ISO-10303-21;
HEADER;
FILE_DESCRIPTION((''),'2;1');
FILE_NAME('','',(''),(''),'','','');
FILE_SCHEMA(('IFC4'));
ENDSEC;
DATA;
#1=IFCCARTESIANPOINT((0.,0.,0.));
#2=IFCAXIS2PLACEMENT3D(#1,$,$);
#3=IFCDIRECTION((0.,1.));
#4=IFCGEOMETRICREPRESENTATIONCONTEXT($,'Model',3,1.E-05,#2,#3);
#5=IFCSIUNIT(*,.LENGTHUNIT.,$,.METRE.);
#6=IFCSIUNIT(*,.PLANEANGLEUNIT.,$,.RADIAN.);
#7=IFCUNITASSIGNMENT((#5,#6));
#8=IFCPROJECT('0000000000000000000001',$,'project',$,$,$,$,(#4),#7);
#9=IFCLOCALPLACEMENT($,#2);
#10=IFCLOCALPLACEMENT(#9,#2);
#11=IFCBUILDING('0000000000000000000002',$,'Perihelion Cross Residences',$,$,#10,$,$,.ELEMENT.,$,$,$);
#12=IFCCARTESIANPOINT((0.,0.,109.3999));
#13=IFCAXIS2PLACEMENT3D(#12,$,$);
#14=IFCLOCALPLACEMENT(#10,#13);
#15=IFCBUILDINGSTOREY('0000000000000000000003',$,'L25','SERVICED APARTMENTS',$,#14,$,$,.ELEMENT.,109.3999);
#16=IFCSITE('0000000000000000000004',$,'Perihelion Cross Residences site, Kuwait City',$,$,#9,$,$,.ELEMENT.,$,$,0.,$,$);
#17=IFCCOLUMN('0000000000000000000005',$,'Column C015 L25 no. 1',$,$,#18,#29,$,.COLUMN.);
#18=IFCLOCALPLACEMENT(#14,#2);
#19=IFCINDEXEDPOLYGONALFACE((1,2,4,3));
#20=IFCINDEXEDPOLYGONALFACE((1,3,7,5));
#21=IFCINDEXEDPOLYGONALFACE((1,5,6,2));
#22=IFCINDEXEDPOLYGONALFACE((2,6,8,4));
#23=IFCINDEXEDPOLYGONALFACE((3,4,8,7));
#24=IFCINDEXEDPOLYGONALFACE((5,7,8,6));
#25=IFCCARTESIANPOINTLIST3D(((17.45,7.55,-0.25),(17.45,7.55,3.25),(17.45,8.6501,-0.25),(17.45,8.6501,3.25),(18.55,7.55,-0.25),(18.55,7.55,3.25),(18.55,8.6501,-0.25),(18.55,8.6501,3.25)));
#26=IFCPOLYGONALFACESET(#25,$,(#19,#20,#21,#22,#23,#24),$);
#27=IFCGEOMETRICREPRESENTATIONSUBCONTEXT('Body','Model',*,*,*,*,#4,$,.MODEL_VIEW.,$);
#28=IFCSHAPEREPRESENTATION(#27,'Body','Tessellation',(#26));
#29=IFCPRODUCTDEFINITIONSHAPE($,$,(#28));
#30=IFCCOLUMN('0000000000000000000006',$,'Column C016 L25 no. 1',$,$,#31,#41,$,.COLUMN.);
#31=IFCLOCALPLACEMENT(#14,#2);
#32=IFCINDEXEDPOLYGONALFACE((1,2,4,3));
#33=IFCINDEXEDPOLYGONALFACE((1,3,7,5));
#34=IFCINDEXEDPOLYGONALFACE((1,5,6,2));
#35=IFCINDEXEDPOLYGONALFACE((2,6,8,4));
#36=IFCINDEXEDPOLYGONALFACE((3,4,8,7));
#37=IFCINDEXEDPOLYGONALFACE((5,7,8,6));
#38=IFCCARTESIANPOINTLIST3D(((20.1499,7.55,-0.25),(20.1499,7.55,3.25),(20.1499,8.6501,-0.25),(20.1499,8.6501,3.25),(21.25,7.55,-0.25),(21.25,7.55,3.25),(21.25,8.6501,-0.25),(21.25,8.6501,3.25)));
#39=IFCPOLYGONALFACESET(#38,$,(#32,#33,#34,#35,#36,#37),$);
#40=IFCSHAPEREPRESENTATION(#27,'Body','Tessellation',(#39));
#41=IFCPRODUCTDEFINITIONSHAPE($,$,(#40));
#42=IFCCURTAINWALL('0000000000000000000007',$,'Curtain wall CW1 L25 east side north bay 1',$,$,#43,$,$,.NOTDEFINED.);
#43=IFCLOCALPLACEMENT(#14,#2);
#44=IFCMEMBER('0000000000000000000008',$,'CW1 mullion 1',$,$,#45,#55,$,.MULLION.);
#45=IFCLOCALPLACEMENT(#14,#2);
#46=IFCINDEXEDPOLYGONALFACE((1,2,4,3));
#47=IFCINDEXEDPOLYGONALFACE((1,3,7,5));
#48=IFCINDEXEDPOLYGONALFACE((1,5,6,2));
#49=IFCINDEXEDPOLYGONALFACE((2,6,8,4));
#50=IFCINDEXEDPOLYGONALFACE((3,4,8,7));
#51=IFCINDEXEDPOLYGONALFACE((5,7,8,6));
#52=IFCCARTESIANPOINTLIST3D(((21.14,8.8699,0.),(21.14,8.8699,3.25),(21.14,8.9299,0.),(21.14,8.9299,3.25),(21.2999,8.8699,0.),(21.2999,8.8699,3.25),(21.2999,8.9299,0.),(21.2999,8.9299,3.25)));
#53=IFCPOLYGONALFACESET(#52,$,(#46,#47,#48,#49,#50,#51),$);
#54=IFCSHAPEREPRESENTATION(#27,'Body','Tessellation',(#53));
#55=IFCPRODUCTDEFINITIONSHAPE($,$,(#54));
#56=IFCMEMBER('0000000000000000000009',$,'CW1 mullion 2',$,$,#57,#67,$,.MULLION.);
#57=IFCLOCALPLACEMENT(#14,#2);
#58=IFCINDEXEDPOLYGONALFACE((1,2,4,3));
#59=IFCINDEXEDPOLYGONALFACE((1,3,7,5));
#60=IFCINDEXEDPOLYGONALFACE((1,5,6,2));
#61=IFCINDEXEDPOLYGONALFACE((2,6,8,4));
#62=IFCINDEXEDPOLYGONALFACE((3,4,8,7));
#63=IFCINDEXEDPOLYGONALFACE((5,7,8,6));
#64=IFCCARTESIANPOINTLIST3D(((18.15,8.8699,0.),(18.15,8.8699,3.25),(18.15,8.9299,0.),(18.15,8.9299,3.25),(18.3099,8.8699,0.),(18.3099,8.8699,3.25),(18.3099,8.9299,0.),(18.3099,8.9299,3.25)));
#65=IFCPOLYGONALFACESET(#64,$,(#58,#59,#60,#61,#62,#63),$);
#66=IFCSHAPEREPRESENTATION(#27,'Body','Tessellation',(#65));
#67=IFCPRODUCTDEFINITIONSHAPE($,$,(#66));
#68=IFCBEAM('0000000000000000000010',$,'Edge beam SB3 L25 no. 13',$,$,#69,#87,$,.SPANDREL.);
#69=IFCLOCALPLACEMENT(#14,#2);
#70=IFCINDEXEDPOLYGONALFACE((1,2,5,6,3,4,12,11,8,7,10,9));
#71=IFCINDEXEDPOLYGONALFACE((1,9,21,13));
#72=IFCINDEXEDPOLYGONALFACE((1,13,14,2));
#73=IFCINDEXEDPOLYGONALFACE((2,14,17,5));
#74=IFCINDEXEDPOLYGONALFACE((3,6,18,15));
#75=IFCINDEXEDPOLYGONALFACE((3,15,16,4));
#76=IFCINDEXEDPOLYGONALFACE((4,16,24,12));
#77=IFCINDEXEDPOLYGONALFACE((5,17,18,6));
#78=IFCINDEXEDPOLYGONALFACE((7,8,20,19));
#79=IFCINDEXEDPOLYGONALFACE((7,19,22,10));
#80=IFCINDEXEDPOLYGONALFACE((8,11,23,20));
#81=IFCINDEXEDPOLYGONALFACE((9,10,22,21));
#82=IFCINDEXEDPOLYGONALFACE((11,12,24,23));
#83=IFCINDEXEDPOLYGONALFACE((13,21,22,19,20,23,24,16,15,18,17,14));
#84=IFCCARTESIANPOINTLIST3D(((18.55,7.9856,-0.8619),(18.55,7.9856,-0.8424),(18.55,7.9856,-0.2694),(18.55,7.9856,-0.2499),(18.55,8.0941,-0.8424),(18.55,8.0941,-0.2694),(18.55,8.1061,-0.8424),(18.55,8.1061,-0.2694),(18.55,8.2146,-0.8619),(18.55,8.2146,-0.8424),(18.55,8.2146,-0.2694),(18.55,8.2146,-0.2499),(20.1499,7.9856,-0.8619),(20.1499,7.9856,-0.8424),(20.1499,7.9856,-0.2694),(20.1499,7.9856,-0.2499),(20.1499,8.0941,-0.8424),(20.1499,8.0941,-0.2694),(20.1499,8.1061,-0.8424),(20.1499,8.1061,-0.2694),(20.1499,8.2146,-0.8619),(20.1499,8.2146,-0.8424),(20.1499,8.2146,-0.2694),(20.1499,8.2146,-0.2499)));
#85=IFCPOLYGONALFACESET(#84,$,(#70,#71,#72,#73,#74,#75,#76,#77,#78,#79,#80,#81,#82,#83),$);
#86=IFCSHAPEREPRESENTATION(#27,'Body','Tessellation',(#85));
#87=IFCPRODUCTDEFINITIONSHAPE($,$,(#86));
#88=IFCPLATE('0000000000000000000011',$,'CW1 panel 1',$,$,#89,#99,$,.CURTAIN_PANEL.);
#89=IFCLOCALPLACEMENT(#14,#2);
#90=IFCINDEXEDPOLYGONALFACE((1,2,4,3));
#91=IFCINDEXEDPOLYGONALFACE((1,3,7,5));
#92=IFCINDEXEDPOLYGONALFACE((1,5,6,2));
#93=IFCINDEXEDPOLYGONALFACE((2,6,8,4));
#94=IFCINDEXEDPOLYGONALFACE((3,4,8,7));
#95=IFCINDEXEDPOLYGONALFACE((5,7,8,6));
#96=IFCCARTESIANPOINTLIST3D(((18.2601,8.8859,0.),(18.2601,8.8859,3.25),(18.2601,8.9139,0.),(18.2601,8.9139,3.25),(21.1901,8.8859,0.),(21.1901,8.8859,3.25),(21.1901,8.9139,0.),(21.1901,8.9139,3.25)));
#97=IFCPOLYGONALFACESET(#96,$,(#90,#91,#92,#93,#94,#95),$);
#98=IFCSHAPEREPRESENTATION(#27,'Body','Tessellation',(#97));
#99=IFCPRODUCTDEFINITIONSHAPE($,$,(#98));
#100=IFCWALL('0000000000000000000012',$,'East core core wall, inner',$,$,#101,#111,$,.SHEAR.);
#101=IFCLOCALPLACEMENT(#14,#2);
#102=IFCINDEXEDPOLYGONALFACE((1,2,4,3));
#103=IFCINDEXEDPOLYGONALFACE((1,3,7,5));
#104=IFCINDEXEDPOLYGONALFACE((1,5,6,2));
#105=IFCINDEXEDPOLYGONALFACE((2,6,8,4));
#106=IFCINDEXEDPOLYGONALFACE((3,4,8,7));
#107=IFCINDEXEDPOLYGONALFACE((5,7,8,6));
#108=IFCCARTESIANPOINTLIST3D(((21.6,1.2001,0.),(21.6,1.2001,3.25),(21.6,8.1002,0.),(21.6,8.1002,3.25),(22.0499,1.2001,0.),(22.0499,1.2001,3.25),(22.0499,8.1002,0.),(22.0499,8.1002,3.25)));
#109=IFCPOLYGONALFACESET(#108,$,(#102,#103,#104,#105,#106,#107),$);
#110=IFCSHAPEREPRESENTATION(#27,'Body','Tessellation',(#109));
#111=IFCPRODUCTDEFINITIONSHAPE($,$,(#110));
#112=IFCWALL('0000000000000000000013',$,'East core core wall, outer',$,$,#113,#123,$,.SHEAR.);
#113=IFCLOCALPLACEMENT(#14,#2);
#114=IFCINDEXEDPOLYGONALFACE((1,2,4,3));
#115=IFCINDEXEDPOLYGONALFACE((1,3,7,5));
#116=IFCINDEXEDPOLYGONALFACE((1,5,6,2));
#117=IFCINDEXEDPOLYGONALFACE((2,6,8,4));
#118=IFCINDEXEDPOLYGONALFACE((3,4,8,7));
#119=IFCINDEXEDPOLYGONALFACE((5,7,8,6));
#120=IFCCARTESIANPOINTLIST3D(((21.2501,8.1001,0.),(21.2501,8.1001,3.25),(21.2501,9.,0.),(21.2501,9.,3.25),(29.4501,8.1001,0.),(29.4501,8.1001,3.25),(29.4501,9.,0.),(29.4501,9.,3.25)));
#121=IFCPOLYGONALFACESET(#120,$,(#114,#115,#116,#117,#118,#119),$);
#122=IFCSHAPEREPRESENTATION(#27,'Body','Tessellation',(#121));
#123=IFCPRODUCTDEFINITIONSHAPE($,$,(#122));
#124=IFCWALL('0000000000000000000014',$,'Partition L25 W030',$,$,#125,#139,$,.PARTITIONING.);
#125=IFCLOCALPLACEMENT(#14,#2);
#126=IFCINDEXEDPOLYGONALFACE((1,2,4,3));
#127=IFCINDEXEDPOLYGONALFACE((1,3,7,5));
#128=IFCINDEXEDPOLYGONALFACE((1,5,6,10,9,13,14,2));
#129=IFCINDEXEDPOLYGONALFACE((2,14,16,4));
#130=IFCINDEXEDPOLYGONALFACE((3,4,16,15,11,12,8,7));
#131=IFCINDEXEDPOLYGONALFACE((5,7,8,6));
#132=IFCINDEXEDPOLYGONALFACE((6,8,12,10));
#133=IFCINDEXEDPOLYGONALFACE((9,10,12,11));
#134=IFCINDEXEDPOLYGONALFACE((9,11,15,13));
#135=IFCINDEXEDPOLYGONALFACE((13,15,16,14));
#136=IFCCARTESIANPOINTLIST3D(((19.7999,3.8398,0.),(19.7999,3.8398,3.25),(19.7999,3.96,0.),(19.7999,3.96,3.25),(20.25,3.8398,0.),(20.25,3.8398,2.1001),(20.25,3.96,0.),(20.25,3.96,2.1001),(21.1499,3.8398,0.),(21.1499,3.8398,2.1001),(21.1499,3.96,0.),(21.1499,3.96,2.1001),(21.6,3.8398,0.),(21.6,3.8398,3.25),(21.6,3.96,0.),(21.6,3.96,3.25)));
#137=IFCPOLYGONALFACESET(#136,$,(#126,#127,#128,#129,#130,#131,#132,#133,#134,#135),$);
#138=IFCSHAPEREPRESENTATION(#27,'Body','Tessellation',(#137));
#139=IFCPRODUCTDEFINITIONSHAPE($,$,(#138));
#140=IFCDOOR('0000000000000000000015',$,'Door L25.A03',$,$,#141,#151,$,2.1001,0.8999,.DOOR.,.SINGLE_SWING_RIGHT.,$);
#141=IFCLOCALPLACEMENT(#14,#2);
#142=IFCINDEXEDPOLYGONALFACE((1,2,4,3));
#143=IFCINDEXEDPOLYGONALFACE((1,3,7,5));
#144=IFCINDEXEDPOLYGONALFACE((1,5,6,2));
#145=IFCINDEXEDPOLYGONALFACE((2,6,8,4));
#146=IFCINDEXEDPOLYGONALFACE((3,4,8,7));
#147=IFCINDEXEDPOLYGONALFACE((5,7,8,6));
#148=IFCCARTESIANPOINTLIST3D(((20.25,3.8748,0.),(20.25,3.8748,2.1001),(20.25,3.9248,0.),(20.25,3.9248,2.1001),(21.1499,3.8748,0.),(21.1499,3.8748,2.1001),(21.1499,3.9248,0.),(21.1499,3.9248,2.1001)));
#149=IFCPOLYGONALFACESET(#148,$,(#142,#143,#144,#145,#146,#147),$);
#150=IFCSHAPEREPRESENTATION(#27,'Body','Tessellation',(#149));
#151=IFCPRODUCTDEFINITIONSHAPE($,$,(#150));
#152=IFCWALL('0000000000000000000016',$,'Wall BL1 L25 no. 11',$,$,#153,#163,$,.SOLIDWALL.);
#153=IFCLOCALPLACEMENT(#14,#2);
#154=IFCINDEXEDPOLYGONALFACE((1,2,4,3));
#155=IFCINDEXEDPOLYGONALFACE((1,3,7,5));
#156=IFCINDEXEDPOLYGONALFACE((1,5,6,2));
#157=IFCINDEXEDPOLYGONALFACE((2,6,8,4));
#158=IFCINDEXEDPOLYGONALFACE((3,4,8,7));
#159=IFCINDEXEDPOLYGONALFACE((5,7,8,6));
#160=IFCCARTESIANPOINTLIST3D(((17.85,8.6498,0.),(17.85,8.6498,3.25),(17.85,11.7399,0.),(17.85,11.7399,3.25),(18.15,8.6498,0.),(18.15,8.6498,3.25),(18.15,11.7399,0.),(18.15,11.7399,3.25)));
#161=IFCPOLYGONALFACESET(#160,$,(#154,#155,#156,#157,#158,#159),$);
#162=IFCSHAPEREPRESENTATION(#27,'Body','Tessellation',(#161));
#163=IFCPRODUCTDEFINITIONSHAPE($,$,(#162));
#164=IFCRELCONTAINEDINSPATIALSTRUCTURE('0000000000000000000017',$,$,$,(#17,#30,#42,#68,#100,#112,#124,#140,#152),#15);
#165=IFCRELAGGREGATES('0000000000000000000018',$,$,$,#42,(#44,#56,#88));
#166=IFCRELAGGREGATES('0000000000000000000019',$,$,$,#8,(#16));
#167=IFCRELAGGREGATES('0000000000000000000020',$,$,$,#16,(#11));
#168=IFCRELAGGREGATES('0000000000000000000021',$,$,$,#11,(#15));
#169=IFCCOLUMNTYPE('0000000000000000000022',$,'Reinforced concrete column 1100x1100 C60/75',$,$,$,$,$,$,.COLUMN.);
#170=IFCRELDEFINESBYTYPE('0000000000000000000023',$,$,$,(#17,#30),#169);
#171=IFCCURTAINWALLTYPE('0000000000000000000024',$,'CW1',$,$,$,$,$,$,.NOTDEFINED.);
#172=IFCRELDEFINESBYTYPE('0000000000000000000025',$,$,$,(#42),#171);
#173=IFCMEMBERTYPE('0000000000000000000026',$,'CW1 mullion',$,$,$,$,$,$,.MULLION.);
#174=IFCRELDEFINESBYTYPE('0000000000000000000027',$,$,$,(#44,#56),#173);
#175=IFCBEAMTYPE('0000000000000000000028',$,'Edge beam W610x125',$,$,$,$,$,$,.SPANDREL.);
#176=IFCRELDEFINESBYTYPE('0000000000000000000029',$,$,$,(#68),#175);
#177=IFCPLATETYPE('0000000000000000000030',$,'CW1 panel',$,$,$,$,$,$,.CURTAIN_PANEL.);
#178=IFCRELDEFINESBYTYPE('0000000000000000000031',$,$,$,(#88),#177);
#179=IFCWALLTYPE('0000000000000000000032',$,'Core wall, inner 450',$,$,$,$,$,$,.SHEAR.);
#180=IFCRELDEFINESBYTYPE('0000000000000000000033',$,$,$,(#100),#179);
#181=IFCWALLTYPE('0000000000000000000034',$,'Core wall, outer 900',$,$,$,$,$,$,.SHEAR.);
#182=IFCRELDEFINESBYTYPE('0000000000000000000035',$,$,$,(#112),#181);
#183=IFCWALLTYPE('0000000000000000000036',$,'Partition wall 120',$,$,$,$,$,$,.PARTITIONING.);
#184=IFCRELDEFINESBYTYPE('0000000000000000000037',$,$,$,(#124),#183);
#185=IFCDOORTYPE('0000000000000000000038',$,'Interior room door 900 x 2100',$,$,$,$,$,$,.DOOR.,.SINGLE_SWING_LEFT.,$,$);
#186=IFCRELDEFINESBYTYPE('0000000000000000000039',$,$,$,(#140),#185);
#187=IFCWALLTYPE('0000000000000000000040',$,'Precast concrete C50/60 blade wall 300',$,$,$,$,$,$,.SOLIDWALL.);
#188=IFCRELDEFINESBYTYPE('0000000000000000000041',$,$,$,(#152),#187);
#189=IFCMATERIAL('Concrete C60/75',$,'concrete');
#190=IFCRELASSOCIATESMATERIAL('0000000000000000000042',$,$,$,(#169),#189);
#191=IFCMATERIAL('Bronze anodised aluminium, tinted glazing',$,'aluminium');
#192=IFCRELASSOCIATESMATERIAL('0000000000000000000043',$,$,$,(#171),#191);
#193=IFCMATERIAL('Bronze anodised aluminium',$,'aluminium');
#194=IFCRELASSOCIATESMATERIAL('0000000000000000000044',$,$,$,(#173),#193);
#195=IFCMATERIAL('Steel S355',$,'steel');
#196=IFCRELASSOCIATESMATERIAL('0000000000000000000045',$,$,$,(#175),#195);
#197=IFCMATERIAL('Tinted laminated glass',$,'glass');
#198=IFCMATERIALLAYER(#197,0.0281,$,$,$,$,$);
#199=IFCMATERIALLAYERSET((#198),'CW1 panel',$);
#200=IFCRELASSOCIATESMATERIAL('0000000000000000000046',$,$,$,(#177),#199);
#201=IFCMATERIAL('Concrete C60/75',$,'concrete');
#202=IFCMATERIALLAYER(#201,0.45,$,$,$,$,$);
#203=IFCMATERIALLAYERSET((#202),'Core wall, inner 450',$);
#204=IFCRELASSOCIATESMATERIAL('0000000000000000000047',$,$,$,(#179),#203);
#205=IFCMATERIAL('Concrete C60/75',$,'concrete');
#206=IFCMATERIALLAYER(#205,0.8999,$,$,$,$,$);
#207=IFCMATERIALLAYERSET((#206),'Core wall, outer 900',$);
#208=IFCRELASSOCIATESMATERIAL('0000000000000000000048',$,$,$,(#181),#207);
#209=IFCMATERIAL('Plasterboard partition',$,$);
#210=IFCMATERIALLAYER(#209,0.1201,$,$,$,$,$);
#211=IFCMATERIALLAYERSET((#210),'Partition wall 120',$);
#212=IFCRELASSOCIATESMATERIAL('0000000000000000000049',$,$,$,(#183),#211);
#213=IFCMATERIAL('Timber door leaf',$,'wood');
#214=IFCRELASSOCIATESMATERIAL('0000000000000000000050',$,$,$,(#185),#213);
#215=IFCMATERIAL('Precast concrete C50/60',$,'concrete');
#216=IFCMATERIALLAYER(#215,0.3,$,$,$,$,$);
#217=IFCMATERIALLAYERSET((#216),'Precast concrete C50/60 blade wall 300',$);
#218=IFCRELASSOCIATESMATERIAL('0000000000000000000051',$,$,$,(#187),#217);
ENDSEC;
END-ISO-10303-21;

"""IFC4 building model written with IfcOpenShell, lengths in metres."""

from ifc_helpers import new_model, si_unit, direction, frame, frame_2d, origin, origin_2d, place, context, subcontext, project, spatial, rectangle, i_section, extrude, material, layer, layer_set, material_profile, profile_set, type_object, element, fill, aggregate, save


model = new_model("IFC4")

# Units and contexts
model_context = context("Model", 3, precision=1e-05, world=origin(), true_north=direction((0.0, 1.0)))
body_context = subcontext(model_context, "Body", "Model", "MODEL_VIEW")
ifc_project = project(units=[si_unit("LENGTHUNIT", "METRE"), si_unit("PLANEANGLEUNIT", "RADIAN")], contexts=[model_context])

# Site, building, storey
site_placement = place(None, origin())
site = spatial("IfcSite", under=ifc_project, at=site_placement, Name="Perihelion Cross Residences site, Kuwait City", CompositionType="ELEMENT", RefElevation=0.0)
building_placement = place(site_placement, origin())
building = spatial("IfcBuilding", under=site, at=building_placement, Name="Perihelion Cross Residences", CompositionType="ELEMENT")
storey_placement = place(building_placement, frame((0.0, 0.0, 109.3999)))
storey = spatial("IfcBuildingStorey", under=building, at=storey_placement, Name="L25", Description="SERVICED APARTMENTS", CompositionType="ELEMENT", Elevation=109.3999)

# Columns
ifc_material_1 = material(Name="Concrete C60/75", Category="concrete")
ifc_material_profile_1 = material_profile(ifc_material_1, rectangle(XDim=1.1001, YDim=1.1001, at=origin_2d()), Name="RC 1100x1100")
ifc_profile_set_1 = profile_set([ifc_material_profile_1], Name="Concrete C60/75")
column_type = type_object("IfcColumnType", Name="Reinforced concrete column 1100x1100 C60/75", PredefinedType="COLUMN", material=ifc_profile_set_1)
for number, where, z_axis, x_axis, name in (
    (1, (18.0, 8.1001, -0.25), (0.0, 0.0, 1.0), (1.0, 0.0, 0.0), "Column C015 L25 no. 1"),
    (2, (20.7, 8.1001, -0.25), (0.0, 0.0, 1.0), (1.0, 0.0, 0.0), "Column C016 L25 no. 1"),
):
    element("IfcColumn", number, at=place(storey_placement, frame(where, z_axis=z_axis, x_axis=x_axis)), inside=storey, type_object=column_type, Name=name, PredefinedType="COLUMN", context=body_context, shape_type="SweptSolid", body=[
        extrude(rectangle(XDim=1.1001, YDim=1.1001, at=origin_2d()), origin(), (0.0, 0.0, 1.0), 3.5),
    ])

# Curtain wall, members
ifc_material_2 = material(Name="Bronze anodised aluminium, tinted glazing", Category="aluminium")
curtain_wall_type = type_object("IfcCurtainWallType", Name="CW1", PredefinedType="NOTDEFINED", material=ifc_material_2)
curtain_wall_placement = place(storey_placement, origin())
curtain_wall = element("IfcCurtainWall", 3, at=curtain_wall_placement, inside=storey, type_object=curtain_wall_type, Name="Curtain wall CW1 L25 east side north bay 1", PredefinedType="NOTDEFINED")
ifc_material_3 = material(Name="Bronze anodised aluminium", Category="aluminium")
ifc_material_profile_2 = material_profile(ifc_material_3, rectangle(XDim=0.0601, YDim=0.1599, at=origin_2d()), Name="CW1 mullion")
ifc_profile_set_2 = profile_set([ifc_material_profile_2], Name="Bronze anodised aluminium")
member_type = type_object("IfcMemberType", Name="CW1 mullion", PredefinedType="MULLION", material=ifc_profile_set_2)
member_1_placement = place(storey_placement, frame((21.22, 8.8999, 0.0), z_axis=(0.0, 0.0, 1.0), x_axis=(0.0, -1.0, 0.0)))
member_1 = element("IfcMember", 4, at=member_1_placement, type_object=member_type, Name="CW1 mullion 1", PredefinedType="MULLION", context=body_context, shape_type="SweptSolid", body=[
    extrude(rectangle(XDim=0.0601, YDim=0.1599, at=origin_2d()), origin(), (0.0, 0.0, 1.0), 3.25),
])
member_2_placement = place(storey_placement, frame((18.23, 8.8999, 0.0), z_axis=(0.0, 0.0, 1.0), x_axis=(0.0, -1.0, 0.0)))
member_2 = element("IfcMember", 5, at=member_2_placement, type_object=member_type, Name="CW1 mullion 2", PredefinedType="MULLION", context=body_context, shape_type="SweptSolid", body=[
    extrude(rectangle(XDim=0.0601, YDim=0.1599, at=origin_2d()), origin(), (0.0, 0.0, 1.0), 3.25),
])

# Beam
ifc_material_4 = material(Name="Steel S355", Category="steel")
ifc_material_profile_3 = material_profile(ifc_material_4, i_section(OverallWidth=0.229, OverallDepth=0.6121, WebThickness=0.012, FlangeThickness=0.0195, at=origin_2d()), Name="W610x125")
ifc_profile_set_3 = profile_set([ifc_material_profile_3], Name="Steel S355")
beam_type = type_object("IfcBeamType", Name="Edge beam W610x125", PredefinedType="SPANDREL", material=ifc_profile_set_3)
beam_placement = place(storey_placement, frame((20.1499, 8.1001, -0.5559), z_axis=(-1.0, 0.0, 0.0), x_axis=(0.0, -1.0, 0.0)))
element("IfcBeam", 6, at=beam_placement, inside=storey, type_object=beam_type, Name="Edge beam SB3 L25 no. 13", PredefinedType="SPANDREL", context=body_context, shape_type="SweptSolid", body=[
    extrude(i_section(OverallWidth=0.229, OverallDepth=0.6121, WebThickness=0.012, FlangeThickness=0.0195, at=origin_2d()), origin(), (0.0, 0.0, 1.0), 1.5999),
])

# Plate
ifc_material_5 = material(Name="Tinted laminated glass", Category="glass")
ifc_layer_1 = layer(ifc_material_5, 0.0281)
ifc_layer_set_1 = layer_set([ifc_layer_1], Name="CW1 panel")
plate_type = type_object("IfcPlateType", Name="CW1 panel", PredefinedType="CURTAIN_PANEL", material=ifc_layer_set_1)
plate_placement = place(storey_placement, frame((19.7251, 8.8999, 0.0), z_axis=(0.0, 0.0, 1.0), x_axis=(-1.0, 0.0, 0.0)))
plate = element("IfcPlate", 7, at=plate_placement, type_object=plate_type, Name="CW1 panel 1", PredefinedType="CURTAIN_PANEL", context=body_context, shape_type="SweptSolid", body=[
    extrude(rectangle(XDim=2.9299, YDim=0.0281, at=origin_2d()), origin(), (0.0, 0.0, 1.0), 3.25),
])
aggregate(curtain_wall, [member_1, member_2, plate])

# Walls
ifc_material_6 = material(Name="Concrete C60/75", Category="concrete")
ifc_layer_2 = layer(ifc_material_6, 0.45)
ifc_layer_set_2 = layer_set([ifc_layer_2], Name="Core wall, inner 450")
wall_type_1 = type_object("IfcWallType", Name="Core wall, inner 450", PredefinedType="SHEAR", material=ifc_layer_set_2)
wall_1_placement = place(storey_placement, frame((21.825, 1.2, 0.0), z_axis=(0.0, 0.0, 1.0), x_axis=(0.0, 1.0, 0.0)))
element("IfcWall", 8, at=wall_1_placement, inside=storey, type_object=wall_type_1, Name="East core core wall, inner", PredefinedType="SHEAR", context=body_context, shape_type="SweptSolid", body=[
    extrude(rectangle(XDim=6.9001, YDim=0.45, at=frame_2d((3.4502, 0.0))), origin(), (0.0, 0.0, 1.0), 3.25),
])
ifc_material_7 = material(Name="Concrete C60/75", Category="concrete")
ifc_layer_3 = layer(ifc_material_7, 0.8999)
ifc_layer_set_3 = layer_set([ifc_layer_3], Name="Core wall, outer 900")
wall_type_2 = type_object("IfcWallType", Name="Core wall, outer 900", PredefinedType="SHEAR", material=ifc_layer_set_3)
wall_2_placement = place(storey_placement, frame((21.25, 8.55, 0.0), z_axis=(0.0, 0.0, 1.0), x_axis=(1.0, 0.0, 0.0)))
element("IfcWall", 9, at=wall_2_placement, inside=storey, type_object=wall_type_2, Name="East core core wall, outer", PredefinedType="SHEAR", context=body_context, shape_type="SweptSolid", body=[
    extrude(rectangle(XDim=8.2, YDim=0.8999, at=frame_2d((4.1001, 0.0))), origin(), (0.0, 0.0, 1.0), 3.25),
])

# Wall, opening, door
ifc_material_8 = material(Name="Plasterboard partition")
ifc_layer_4 = layer(ifc_material_8, 0.1201)
ifc_layer_set_4 = layer_set([ifc_layer_4], Name="Partition wall 120")
wall_type_3 = type_object("IfcWallType", Name="Partition wall 120", PredefinedType="PARTITIONING", material=ifc_layer_set_4)
wall_3_placement = place(storey_placement, frame((19.8, 3.8999, 0.0), z_axis=(0.0, 0.0, 1.0), x_axis=(1.0, 0.0, 0.0)))
wall_3 = element("IfcWall", 10, at=wall_3_placement, inside=storey, type_object=wall_type_3, Name="Partition L25 W030", PredefinedType="PARTITIONING", context=body_context, shape_type="SweptSolid", body=[
    extrude(rectangle(XDim=1.8, YDim=0.1201, at=frame_2d((0.8999, 0.0))), origin(), (0.0, 0.0, 1.0), 3.25),
])
opening_1_placement = place(wall_3_placement, frame((0.45, 0.0, 0.0)))
opening_1 = element("IfcOpeningElement", 11, at=opening_1_placement, cuts=wall_3, PredefinedType="OPENING", context=body_context, shape_type="SweptSolid", body=[
    extrude(rectangle(XDim=0.8999, YDim=2.1001, at=frame_2d((0.45, 1.05))), frame((0.0, 0.0701, 0.0), z_axis=(0.0, -1.0, 0.0), x_axis=(1.0, 0.0, 0.0)), (0.0, 0.0, 1.0), 0.1401),
])
ifc_material_9 = material(Name="Timber door leaf", Category="wood")
door_type_1 = type_object("IfcDoorType", Name="Interior room door 900 x 2100", OperationType="SINGLE_SWING_LEFT", PredefinedType="DOOR", material=ifc_material_9)
door_1_placement = place(opening_1_placement, origin())
door_1 = element("IfcDoor", 12, at=door_1_placement, inside=storey, type_object=door_type_1, Name="Door L25.A03", OperationType="SINGLE_SWING_RIGHT", OverallHeight=2.1001, OverallWidth=0.8999, PredefinedType="DOOR", context=body_context, shape_type="SweptSolid", body=[
    extrude(rectangle(XDim=0.8999, YDim=2.1001, at=frame_2d((0.45, 1.05))), frame((0.0, 0.0249, 0.0), z_axis=(0.0, -1.0, 0.0), x_axis=(1.0, 0.0, 0.0)), (0.0, 0.0, 1.0), 0.05),
])
fill(opening_1, door_1)

# Wall
ifc_material_10 = material(Name="Precast concrete C50/60", Category="concrete")
ifc_layer_5 = layer(ifc_material_10, 0.3)
ifc_layer_set_5 = layer_set([ifc_layer_5], Name="Precast concrete C50/60 blade wall 300")
wall_type_4 = type_object("IfcWallType", Name="Precast concrete C50/60 blade wall 300", PredefinedType="SOLIDWALL", material=ifc_layer_set_5)
wall_4_placement = place(storey_placement, frame((18.0, 8.6499, 0.0), z_axis=(0.0, 0.0, 1.0), x_axis=(0.0, 1.0, 0.0)))
element("IfcWall", 13, at=wall_4_placement, inside=storey, type_object=wall_type_4, Name="Wall BL1 L25 no. 11", PredefinedType="SOLIDWALL", context=body_context, shape_type="SweptSolid", body=[
    extrude(rectangle(XDim=3.0901, YDim=0.3, at=frame_2d((1.5449, 0.0))), origin(), (0.0, 0.0, 1.0), 3.25),
])

save(model, "model.ifc")
